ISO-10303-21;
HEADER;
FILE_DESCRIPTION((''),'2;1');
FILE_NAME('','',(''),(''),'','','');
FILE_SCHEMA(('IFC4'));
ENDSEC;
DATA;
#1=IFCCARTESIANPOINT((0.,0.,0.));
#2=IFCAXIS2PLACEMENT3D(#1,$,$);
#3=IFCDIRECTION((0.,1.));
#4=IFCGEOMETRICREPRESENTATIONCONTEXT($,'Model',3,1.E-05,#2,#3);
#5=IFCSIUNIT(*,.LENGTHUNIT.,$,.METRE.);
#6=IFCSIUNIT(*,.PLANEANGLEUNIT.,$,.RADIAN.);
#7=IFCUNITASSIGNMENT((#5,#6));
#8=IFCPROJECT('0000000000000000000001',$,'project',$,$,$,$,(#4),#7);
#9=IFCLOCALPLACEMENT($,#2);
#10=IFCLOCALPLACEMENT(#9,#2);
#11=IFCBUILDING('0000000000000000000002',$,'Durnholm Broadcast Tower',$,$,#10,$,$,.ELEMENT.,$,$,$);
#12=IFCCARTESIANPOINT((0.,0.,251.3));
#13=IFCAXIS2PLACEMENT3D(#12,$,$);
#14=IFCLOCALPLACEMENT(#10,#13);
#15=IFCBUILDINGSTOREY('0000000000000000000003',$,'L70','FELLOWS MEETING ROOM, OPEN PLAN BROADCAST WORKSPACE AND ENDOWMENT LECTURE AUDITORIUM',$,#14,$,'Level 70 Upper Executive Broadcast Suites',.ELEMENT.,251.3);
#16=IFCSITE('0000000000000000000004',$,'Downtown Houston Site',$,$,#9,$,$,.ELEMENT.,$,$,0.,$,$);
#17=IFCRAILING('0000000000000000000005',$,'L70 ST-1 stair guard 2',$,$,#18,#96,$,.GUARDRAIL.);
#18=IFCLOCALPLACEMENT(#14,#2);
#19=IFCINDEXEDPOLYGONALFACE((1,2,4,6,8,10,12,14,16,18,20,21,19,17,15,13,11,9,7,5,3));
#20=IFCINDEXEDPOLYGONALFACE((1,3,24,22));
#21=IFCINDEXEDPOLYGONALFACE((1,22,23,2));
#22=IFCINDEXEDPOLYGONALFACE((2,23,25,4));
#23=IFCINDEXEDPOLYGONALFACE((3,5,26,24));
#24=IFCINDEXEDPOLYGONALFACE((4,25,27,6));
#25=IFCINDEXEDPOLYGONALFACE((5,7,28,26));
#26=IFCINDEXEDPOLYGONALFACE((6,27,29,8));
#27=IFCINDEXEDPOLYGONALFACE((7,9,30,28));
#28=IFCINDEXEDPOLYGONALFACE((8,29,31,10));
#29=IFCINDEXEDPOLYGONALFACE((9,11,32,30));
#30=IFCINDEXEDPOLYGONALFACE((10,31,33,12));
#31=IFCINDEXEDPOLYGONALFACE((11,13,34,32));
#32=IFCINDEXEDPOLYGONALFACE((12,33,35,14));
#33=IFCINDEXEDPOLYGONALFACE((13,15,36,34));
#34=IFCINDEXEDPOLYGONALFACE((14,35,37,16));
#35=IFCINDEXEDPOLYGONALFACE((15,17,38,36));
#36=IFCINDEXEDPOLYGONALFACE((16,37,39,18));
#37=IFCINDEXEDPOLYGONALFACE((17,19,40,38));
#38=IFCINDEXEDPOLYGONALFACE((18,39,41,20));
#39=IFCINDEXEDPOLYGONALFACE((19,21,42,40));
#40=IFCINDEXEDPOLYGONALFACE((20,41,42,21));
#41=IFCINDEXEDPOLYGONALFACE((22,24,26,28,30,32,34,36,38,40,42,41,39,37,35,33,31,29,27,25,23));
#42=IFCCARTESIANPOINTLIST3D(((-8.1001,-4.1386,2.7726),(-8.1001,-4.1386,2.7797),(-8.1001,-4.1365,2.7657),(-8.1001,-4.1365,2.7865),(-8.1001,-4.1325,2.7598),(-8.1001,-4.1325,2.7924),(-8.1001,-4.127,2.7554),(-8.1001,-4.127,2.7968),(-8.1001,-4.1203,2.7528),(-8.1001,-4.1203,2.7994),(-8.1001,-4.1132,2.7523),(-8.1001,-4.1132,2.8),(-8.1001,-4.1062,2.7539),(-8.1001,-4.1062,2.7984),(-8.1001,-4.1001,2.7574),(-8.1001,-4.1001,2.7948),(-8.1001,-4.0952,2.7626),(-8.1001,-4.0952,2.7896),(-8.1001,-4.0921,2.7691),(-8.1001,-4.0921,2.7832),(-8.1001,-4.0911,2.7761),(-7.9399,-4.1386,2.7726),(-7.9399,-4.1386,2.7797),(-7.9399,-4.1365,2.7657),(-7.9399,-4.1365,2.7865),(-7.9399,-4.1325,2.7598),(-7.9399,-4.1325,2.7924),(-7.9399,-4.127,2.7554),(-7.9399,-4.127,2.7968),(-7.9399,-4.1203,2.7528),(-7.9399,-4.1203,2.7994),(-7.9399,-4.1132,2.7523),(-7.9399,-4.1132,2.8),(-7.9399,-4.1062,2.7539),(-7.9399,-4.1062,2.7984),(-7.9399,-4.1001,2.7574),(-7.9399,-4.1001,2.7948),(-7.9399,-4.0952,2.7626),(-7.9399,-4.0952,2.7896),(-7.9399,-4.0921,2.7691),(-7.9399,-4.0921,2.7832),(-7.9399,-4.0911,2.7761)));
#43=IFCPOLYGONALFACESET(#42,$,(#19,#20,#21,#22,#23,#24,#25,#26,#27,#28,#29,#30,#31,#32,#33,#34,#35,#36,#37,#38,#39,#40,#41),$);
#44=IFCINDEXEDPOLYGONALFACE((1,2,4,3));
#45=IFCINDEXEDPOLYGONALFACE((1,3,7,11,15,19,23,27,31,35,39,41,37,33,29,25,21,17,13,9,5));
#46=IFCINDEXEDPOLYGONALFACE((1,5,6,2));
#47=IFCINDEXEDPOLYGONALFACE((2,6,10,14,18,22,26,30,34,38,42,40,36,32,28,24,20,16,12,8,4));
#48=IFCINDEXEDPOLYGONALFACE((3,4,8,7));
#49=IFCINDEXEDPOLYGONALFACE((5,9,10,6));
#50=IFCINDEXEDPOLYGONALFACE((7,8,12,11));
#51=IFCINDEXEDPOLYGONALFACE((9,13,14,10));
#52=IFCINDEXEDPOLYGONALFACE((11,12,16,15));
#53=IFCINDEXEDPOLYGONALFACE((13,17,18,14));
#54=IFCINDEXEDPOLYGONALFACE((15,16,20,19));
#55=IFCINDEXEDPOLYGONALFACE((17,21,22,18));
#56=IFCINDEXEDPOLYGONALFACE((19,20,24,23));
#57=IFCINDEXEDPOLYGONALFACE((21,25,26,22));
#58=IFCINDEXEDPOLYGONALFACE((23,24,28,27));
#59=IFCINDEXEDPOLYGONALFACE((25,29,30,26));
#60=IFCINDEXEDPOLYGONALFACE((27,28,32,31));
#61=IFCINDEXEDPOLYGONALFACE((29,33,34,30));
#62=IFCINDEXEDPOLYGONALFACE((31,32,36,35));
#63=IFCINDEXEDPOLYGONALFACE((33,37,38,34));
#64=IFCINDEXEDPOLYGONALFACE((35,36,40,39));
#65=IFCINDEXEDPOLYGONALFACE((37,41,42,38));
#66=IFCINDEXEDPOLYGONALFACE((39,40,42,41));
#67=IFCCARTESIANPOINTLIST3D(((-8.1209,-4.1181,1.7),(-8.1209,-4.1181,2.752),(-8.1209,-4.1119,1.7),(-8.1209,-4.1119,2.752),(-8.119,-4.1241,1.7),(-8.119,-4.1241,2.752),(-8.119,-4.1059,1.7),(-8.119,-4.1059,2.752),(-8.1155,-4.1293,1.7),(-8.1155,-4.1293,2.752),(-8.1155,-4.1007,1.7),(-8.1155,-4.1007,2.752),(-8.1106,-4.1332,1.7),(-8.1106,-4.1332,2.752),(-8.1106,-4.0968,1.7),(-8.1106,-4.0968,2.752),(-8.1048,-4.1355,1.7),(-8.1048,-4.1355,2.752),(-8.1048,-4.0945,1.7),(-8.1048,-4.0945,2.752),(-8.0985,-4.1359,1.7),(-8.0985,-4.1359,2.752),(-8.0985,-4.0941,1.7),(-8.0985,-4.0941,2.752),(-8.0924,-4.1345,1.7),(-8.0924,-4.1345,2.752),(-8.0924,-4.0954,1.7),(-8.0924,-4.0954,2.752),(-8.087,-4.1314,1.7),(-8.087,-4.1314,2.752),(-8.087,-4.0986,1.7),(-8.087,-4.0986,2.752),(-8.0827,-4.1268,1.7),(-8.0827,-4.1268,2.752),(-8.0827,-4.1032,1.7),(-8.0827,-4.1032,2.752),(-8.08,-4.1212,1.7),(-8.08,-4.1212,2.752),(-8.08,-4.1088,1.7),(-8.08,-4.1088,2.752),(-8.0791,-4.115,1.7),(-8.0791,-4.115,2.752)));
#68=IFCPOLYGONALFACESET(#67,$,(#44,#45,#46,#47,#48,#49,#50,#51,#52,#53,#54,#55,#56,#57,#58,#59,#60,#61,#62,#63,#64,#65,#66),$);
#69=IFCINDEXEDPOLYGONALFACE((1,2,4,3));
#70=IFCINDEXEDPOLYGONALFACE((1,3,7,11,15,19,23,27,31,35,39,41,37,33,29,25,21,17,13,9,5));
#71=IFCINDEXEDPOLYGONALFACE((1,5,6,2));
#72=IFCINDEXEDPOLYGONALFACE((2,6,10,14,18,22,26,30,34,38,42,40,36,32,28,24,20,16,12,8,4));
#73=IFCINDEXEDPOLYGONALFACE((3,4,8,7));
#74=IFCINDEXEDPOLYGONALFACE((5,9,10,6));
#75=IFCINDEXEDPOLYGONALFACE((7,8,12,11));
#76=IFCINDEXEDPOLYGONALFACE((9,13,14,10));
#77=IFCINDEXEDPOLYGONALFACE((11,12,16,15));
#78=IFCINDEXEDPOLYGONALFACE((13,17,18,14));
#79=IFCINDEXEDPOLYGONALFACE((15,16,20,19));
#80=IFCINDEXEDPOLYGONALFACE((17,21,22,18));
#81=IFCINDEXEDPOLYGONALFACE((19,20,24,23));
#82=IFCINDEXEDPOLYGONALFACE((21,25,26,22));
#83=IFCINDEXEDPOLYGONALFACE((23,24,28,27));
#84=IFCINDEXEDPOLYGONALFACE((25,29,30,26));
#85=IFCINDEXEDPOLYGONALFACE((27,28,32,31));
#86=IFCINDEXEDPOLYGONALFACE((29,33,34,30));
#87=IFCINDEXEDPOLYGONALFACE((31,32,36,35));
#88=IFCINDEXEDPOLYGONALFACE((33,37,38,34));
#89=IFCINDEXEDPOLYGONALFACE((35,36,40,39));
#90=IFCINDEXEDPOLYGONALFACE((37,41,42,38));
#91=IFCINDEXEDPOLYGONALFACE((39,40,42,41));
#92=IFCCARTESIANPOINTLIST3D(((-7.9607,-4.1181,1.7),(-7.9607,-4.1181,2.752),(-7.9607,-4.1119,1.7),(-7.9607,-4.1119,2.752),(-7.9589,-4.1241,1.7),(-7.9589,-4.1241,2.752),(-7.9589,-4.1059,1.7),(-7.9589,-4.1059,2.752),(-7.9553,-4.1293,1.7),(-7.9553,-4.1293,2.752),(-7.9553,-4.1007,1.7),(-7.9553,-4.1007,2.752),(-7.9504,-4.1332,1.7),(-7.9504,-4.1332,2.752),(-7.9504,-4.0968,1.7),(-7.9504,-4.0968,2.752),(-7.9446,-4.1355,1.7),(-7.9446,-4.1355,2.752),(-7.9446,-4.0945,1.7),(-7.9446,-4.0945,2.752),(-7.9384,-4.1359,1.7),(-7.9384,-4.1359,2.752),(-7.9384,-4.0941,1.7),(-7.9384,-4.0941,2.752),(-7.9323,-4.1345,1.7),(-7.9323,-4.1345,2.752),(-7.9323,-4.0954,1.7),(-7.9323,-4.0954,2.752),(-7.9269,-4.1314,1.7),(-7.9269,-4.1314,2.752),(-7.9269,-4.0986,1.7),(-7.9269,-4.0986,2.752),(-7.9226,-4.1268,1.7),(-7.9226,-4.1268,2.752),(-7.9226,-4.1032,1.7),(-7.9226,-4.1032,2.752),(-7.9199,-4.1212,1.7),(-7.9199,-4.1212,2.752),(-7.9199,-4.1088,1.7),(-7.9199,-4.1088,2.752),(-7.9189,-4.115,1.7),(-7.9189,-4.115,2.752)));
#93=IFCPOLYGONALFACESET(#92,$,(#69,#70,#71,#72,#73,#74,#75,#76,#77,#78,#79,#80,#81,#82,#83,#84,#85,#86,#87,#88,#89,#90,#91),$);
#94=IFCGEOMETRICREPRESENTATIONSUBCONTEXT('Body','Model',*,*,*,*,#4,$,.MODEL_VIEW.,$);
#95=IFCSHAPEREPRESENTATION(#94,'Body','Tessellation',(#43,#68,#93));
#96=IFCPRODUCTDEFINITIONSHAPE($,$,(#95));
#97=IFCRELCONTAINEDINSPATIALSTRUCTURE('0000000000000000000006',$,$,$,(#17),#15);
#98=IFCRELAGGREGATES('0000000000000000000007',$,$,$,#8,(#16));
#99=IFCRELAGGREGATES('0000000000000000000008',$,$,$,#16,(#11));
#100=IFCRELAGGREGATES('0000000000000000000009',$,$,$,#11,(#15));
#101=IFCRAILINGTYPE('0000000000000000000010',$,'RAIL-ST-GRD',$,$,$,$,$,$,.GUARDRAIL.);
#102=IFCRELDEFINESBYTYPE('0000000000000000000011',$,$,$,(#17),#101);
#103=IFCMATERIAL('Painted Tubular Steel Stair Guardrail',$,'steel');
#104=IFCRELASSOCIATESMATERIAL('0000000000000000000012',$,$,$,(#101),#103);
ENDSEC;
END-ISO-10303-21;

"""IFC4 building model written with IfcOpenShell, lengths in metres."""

from ifc_helpers import new_model, si_unit, direction, frame, origin, origin_2d, place, context, subcontext, project, spatial, circle, extrude, material, type_object, element, save


model = new_model("IFC4")

# Units and contexts
model_context = context("Model", 3, precision=1e-05, world=origin(), true_north=direction((0.0, 1.0)))
body_context = subcontext(model_context, "Body", "Model", "MODEL_VIEW")
ifc_project = project(units=[si_unit("LENGTHUNIT", "METRE"), si_unit("PLANEANGLEUNIT", "RADIAN")], contexts=[model_context])

# Site, building, storey
site_placement = place(None, origin())
site = spatial("IfcSite", under=ifc_project, at=site_placement, Name="Downtown Houston Site", CompositionType="ELEMENT", RefElevation=0.0)
building_placement = place(site_placement, origin())
building = spatial("IfcBuilding", under=site, at=building_placement, Name="Durnholm Broadcast Tower", CompositionType="ELEMENT")
storey_placement = place(building_placement, frame((0.0, 0.0, 251.3)))
storey = spatial("IfcBuildingStorey", under=building, at=storey_placement, Name="L70", Description="FELLOWS MEETING ROOM, OPEN PLAN BROADCAST WORKSPACE AND ENDOWMENT LECTURE AUDITORIUM", LongName="Level 70 Upper Executive Broadcast Suites", CompositionType="ELEMENT", Elevation=251.3)

# Railing
ifc_material_1 = material(Name="Painted Tubular Steel Stair Guardrail", Category="steel")
railing_type_1 = type_object("IfcRailingType", Name="RAIL-ST-GRD", PredefinedType="GUARDRAIL", material=ifc_material_1)
railing_1_placement = place(storey_placement, frame((-8.1001, -4.115, 1.7)))
element("IfcRailing", 1, at=railing_1_placement, inside=storey, type_object=railing_type_1, Name="L70 ST-1 stair guard 2", PredefinedType="GUARDRAIL", context=body_context, shape_type="SweptSolid", body=[
    extrude(circle(Radius=0.0239, at=origin_2d()), frame((0.0, 0.0, 1.0762), z_axis=(1.0, 0.0, 0.0), x_axis=(0.0, 1.0, 0.0)), (0.0, 0.0, 1.0), 0.1602),
    extrude(circle(Radius=0.021, at=origin_2d()), origin(), (0.0, 0.0, 1.0), 1.052),
    extrude(circle(Radius=0.021, at=origin_2d()), frame((0.1602, 0.0, 0.0)), (0.0, 0.0, 1.0), 1.052),
])

save(model, "model.ifc")
